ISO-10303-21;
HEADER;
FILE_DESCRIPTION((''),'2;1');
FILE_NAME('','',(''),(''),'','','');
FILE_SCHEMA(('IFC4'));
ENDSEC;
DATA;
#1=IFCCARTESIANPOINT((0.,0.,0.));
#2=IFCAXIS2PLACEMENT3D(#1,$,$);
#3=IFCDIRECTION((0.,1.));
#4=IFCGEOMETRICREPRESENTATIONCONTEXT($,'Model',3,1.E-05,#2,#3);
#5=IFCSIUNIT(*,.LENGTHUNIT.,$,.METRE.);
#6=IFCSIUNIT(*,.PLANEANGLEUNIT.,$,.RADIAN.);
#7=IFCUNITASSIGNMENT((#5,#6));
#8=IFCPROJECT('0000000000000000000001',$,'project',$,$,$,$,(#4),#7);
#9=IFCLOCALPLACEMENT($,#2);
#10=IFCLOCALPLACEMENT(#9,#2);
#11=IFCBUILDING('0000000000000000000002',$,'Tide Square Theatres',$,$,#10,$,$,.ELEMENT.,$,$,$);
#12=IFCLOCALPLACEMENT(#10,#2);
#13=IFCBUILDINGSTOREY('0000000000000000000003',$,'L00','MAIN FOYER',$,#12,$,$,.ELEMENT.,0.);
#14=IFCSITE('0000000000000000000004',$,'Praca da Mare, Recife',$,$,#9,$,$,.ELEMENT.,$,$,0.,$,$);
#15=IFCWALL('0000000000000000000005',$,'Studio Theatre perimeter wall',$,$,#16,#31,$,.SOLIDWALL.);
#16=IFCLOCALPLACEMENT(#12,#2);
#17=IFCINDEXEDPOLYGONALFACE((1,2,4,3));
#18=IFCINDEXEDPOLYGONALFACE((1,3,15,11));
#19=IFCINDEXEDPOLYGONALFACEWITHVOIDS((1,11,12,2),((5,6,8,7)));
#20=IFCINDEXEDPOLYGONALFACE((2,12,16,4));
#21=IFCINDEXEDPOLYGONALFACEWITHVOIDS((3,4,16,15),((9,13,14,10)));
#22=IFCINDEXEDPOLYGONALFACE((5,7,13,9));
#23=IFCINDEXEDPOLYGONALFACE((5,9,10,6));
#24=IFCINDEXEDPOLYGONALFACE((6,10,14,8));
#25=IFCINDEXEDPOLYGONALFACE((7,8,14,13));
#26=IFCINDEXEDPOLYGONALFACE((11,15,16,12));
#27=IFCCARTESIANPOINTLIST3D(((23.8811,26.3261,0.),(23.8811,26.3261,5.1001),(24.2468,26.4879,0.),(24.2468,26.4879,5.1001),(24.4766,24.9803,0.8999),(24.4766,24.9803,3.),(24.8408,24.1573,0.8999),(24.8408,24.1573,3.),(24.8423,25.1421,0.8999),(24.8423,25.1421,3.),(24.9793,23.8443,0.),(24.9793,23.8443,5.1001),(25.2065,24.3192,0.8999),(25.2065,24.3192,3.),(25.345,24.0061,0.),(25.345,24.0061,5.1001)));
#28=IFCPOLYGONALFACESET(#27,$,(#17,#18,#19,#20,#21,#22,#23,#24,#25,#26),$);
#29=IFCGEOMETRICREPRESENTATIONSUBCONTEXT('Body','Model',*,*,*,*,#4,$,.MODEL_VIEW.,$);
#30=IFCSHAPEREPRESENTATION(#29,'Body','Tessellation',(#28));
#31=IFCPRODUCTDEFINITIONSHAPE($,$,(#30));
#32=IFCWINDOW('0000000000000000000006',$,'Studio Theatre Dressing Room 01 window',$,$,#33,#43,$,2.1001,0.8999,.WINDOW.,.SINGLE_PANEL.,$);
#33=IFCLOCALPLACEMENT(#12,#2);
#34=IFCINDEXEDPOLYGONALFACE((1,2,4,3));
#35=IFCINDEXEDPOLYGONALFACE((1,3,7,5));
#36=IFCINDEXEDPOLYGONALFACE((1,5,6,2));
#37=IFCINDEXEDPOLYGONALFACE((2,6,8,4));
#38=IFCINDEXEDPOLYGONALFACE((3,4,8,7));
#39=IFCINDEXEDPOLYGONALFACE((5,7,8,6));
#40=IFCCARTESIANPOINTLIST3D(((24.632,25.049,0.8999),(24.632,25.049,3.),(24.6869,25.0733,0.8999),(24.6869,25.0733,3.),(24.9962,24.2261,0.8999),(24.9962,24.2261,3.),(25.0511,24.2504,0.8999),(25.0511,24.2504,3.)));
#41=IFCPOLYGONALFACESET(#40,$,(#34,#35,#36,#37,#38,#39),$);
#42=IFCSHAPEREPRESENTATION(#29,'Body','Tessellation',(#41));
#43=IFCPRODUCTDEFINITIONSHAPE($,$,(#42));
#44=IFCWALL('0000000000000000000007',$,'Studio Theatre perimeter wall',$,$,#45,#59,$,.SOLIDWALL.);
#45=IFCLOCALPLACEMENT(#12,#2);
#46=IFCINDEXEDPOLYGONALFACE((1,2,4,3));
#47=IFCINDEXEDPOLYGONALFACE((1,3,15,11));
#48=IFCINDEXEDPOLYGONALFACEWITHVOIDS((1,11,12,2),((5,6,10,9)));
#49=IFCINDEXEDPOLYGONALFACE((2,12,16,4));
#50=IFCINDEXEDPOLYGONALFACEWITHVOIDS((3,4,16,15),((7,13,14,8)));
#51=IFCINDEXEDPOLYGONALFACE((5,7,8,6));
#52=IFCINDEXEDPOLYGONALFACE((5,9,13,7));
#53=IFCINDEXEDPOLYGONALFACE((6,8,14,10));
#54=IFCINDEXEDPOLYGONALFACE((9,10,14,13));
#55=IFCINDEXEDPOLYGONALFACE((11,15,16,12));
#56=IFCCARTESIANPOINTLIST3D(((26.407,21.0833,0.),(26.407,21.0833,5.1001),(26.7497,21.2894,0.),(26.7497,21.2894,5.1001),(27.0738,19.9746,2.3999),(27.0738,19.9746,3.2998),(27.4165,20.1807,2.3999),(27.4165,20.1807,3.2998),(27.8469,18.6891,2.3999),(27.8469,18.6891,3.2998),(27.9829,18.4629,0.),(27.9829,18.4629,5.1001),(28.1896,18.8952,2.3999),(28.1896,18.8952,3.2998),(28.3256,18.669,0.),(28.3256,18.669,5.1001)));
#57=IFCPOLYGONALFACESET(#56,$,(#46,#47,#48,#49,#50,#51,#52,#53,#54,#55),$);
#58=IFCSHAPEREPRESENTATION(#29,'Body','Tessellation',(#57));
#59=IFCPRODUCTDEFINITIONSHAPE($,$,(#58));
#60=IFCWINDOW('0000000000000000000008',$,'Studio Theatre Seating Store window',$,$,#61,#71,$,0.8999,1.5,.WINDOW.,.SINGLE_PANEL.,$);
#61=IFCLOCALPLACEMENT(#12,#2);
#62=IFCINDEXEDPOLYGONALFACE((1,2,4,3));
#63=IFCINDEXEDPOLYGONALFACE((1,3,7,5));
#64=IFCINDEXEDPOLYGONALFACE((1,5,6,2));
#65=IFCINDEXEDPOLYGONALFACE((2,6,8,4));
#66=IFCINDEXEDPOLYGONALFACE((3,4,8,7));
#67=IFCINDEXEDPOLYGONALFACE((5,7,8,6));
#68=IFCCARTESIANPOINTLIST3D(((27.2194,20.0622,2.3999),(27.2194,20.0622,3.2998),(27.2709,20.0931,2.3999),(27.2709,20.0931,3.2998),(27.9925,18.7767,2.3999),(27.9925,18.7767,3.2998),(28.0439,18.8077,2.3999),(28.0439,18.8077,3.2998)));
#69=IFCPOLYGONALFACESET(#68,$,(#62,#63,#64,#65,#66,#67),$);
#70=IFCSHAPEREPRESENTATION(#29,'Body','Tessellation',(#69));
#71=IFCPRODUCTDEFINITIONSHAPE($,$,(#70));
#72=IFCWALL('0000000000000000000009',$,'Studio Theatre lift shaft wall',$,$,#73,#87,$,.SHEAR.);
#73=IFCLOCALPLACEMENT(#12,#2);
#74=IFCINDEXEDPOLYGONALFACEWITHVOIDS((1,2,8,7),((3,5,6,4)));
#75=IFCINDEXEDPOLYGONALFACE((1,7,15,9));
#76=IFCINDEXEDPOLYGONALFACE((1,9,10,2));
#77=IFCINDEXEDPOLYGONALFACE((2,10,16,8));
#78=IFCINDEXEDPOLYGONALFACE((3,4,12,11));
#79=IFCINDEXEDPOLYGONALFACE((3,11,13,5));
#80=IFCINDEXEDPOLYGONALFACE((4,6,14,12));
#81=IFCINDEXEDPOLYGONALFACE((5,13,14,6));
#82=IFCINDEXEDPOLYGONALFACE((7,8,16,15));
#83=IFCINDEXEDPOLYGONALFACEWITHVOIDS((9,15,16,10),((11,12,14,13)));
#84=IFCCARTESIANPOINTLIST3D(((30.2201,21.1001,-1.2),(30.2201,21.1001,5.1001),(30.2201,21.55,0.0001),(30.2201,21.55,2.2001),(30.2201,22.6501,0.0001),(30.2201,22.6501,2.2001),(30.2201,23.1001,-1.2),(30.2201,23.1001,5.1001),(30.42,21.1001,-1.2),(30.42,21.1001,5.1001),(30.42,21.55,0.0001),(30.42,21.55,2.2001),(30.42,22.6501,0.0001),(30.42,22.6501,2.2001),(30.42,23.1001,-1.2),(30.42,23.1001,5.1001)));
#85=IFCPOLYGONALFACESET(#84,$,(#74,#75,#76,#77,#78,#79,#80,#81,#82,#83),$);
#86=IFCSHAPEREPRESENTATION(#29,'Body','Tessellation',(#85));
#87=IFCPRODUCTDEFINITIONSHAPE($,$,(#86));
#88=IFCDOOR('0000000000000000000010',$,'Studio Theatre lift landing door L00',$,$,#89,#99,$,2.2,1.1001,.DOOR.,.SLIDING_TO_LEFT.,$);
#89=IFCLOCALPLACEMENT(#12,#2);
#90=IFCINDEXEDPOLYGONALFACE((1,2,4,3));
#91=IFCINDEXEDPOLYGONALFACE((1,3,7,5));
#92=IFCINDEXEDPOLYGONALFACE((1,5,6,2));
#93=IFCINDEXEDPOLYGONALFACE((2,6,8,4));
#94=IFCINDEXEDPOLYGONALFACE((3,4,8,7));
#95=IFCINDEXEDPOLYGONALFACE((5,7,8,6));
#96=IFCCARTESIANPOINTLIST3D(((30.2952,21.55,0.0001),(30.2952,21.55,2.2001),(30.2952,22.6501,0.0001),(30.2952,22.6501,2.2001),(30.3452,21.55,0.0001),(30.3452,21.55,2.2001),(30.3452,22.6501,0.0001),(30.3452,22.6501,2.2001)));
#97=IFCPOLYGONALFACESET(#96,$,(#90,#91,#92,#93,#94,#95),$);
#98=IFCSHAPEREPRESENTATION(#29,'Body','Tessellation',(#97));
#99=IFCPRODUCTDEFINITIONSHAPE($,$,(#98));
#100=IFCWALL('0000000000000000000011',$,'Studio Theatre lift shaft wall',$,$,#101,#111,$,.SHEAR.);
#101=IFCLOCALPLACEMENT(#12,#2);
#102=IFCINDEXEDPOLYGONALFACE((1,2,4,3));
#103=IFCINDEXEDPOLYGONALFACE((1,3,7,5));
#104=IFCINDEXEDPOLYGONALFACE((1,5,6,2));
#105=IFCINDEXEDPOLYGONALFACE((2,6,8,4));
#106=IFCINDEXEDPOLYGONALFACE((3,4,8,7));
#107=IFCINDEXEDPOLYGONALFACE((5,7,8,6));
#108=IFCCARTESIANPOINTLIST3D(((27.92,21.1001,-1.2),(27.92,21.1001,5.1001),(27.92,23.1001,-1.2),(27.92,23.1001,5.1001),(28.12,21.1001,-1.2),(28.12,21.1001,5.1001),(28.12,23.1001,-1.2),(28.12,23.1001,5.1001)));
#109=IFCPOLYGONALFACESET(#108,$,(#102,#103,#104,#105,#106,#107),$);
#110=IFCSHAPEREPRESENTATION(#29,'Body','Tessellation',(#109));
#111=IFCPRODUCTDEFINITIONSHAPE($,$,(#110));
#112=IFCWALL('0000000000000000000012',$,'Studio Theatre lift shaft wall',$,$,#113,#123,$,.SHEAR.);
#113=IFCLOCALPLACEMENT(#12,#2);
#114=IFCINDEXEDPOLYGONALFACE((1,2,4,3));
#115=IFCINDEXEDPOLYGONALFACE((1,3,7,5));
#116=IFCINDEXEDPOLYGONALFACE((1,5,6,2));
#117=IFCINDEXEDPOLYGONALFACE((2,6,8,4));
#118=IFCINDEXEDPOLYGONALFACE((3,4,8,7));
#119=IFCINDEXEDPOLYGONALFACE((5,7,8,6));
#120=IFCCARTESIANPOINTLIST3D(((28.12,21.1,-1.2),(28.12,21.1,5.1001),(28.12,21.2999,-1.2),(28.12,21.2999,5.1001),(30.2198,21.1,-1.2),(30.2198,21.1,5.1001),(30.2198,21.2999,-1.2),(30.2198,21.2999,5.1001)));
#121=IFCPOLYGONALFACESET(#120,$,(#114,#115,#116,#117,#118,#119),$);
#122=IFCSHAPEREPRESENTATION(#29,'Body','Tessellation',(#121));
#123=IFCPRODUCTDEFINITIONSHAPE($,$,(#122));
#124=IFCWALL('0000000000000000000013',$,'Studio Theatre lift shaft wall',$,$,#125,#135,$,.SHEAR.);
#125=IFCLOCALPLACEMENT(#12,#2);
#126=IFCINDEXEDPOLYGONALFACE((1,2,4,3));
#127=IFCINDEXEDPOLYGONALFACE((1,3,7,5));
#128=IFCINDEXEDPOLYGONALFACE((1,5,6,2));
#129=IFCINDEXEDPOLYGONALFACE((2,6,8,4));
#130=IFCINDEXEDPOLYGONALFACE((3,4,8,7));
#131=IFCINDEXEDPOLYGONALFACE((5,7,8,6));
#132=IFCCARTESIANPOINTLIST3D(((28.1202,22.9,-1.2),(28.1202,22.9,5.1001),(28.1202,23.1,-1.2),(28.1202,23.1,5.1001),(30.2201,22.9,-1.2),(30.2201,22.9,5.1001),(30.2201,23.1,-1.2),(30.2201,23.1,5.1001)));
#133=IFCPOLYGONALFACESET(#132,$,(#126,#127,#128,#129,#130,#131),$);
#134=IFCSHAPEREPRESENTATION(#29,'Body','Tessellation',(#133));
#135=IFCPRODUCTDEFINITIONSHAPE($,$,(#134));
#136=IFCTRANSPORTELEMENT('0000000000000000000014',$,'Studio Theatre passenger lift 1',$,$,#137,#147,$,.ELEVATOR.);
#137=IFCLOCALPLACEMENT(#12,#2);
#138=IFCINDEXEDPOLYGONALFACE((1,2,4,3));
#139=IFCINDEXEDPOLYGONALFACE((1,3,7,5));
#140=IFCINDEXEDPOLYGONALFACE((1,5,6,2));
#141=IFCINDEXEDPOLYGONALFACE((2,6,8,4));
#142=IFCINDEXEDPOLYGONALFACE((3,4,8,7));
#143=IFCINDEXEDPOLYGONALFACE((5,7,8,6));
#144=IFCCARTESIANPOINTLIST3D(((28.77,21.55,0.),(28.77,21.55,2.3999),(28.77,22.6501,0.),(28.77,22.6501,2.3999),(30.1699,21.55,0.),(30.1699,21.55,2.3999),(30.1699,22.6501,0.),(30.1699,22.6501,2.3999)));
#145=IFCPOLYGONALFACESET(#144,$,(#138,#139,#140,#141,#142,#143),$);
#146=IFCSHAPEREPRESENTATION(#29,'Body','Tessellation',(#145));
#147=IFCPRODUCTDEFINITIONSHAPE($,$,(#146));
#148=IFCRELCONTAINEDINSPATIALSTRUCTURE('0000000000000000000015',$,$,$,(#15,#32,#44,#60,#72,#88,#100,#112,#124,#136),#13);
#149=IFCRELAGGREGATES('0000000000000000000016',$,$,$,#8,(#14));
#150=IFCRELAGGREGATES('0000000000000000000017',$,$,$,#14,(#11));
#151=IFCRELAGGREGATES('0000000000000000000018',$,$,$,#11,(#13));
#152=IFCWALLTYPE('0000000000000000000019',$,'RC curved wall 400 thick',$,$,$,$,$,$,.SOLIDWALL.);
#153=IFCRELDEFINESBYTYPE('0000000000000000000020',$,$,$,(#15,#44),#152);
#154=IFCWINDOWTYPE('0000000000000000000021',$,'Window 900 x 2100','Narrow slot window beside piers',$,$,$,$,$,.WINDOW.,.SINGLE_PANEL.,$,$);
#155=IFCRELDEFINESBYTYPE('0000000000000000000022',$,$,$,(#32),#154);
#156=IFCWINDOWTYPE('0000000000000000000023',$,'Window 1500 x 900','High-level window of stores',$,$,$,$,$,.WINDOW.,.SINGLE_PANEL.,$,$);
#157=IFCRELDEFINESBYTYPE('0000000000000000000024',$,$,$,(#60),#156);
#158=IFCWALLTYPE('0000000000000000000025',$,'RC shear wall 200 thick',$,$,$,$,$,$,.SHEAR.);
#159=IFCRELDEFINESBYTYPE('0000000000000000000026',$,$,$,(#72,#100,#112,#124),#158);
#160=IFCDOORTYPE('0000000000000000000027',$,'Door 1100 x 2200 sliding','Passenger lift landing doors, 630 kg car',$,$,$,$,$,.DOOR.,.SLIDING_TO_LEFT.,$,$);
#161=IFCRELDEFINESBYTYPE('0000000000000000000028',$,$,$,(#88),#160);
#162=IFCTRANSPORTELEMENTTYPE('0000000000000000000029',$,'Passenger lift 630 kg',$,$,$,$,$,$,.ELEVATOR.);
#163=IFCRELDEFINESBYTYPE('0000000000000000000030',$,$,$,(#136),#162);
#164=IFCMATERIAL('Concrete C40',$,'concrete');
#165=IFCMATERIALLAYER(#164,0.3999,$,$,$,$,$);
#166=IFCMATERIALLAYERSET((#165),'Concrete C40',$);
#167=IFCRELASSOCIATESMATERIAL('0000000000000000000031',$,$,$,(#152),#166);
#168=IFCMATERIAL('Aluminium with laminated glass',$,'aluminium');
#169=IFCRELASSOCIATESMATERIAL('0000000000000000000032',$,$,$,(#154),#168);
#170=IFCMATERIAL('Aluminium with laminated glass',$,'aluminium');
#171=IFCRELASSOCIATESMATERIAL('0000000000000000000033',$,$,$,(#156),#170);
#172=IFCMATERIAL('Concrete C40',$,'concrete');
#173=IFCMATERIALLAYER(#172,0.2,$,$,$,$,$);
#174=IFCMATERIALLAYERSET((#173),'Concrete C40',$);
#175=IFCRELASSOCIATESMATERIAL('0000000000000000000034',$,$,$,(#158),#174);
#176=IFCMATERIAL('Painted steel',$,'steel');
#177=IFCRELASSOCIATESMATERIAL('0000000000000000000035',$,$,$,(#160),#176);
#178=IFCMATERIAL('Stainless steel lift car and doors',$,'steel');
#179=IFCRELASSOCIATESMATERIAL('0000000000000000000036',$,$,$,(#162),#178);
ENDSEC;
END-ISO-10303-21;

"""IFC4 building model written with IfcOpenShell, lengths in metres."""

from ifc_helpers import new_model, si_unit, direction, frame, frame_2d, origin, origin_2d, place, context, subcontext, project, spatial, rectangle, extrude, material, layer, layer_set, type_object, element, fill, save


model = new_model("IFC4")

# Units and contexts
model_context = context("Model", 3, precision=1e-05, world=origin(), true_north=direction((0.0, 1.0)))
body_context = subcontext(model_context, "Body", "Model", "MODEL_VIEW")
ifc_project = project(units=[si_unit("LENGTHUNIT", "METRE"), si_unit("PLANEANGLEUNIT", "RADIAN")], contexts=[model_context])

# Site, building, storey
site_placement = place(None, origin())
site = spatial("IfcSite", under=ifc_project, at=site_placement, Name="Praca da Mare, Recife", CompositionType="ELEMENT", RefElevation=0.0)
building_placement = place(site_placement, origin())
building = spatial("IfcBuilding", under=site, at=building_placement, Name="Tide Square Theatres", CompositionType="ELEMENT")
storey_placement = place(building_placement, origin())
storey = spatial("IfcBuildingStorey", under=building, at=storey_placement, Name="L00", Description="MAIN FOYER", CompositionType="ELEMENT", Elevation=0.0)

# Wall, opening, window
ifc_material_1 = material(Name="Concrete C40", Category="concrete")
ifc_layer_1 = layer(ifc_material_1, 0.3999)
ifc_layer_set_1 = layer_set([ifc_layer_1], Name="Concrete C40")
wall_type_1 = type_object("IfcWallType", Name="RC curved wall 400 thick", PredefinedType="SOLIDWALL", material=ifc_layer_set_1)
wall_1_placement = place(storey_placement, frame((24.064, 26.407, 0.0), z_axis=(0.0, 0.0, 1.0), x_axis=(0.404652, -0.914471, 0.0)))
wall_1 = element("IfcWall", 1, at=wall_1_placement, inside=storey, type_object=wall_type_1, Name="Studio Theatre perimeter wall", PredefinedType="SOLIDWALL", context=body_context, shape_type="SweptSolid", body=[
    extrude(rectangle(XDim=2.7139, YDim=0.3999, at=frame_2d((1.3569, 0.0))), origin(), (0.0, 0.0, 1.0), 5.1001),
])
opening_1_placement = place(wall_1_placement, frame((1.4717, 0.0, 0.8999)))
opening_1 = element("IfcOpeningElement", 2, at=opening_1_placement, cuts=wall_1, PredefinedType="OPENING", context=body_context, shape_type="SweptSolid", body=[
    extrude(rectangle(XDim=0.8999, YDim=2.1001, at=frame_2d((0.45, 1.05))), frame((0.0, 0.21, 0.0), z_axis=(0.0, -1.0, 0.0), x_axis=(1.0, 0.0, 0.0)), (0.0, 0.0, 1.0), 0.4199),
])
ifc_material_2 = material(Name="Aluminium with laminated glass", Category="aluminium")
window_type_1 = type_object("IfcWindowType", Name="Window 900 x 2100", Description="Narrow slot window beside piers", PartitioningType="SINGLE_PANEL", PredefinedType="WINDOW", material=ifc_material_2)
window_1_placement = place(opening_1_placement, origin())
window_1 = element("IfcWindow", 3, at=window_1_placement, inside=storey, type_object=window_type_1, Name="Studio Theatre Dressing Room 01 window", OverallHeight=2.1001, OverallWidth=0.8999, PartitioningType="SINGLE_PANEL", PredefinedType="WINDOW", context=body_context, shape_type="SweptSolid", body=[
    extrude(rectangle(XDim=0.8999, YDim=2.1001, at=frame_2d((0.45, 1.05))), frame((0.0, 0.03, 0.0), z_axis=(0.0, -1.0, 0.0), x_axis=(1.0, 0.0, 0.0)), (0.0, 0.0, 1.0), 0.0601),
])
fill(opening_1, window_1)

# Wall, opening, window
wall_2_placement = place(storey_placement, frame((26.5784, 21.1863, 0.0), z_axis=(0.0, 0.0, 1.0), x_axis=(0.515388, -0.856957, 0.0)))
wall_2 = element("IfcWall", 4, at=wall_2_placement, inside=storey, type_object=wall_type_1, Name="Studio Theatre perimeter wall", PredefinedType="SOLIDWALL", context=body_context, shape_type="SweptSolid", body=[
    extrude(rectangle(XDim=3.0579, YDim=0.3999, at=frame_2d((1.5288, 0.0))), origin(), (0.0, 0.0, 1.0), 5.1001),
])
opening_2_placement = place(wall_2_placement, frame((1.2937, 0.0, 2.3999)))
opening_2 = element("IfcOpeningElement", 5, at=opening_2_placement, cuts=wall_2, PredefinedType="OPENING", context=body_context, shape_type="SweptSolid", body=[
    extrude(rectangle(XDim=1.5, YDim=0.8999, at=frame_2d((0.75, 0.45))), frame((0.0, 0.21, 0.0), z_axis=(0.0, -1.0, 0.0), x_axis=(1.0, 0.0, 0.0)), (0.0, 0.0, 1.0), 0.4199),
])
ifc_material_3 = material(Name="Aluminium with laminated glass", Category="aluminium")
window_type_2 = type_object("IfcWindowType", Name="Window 1500 x 900", Description="High-level window of stores", PartitioningType="SINGLE_PANEL", PredefinedType="WINDOW", material=ifc_material_3)
window_2_placement = place(opening_2_placement, origin())
window_2 = element("IfcWindow", 6, at=window_2_placement, inside=storey, type_object=window_type_2, Name="Studio Theatre Seating Store window", OverallHeight=0.8999, OverallWidth=1.5, PartitioningType="SINGLE_PANEL", PredefinedType="WINDOW", context=body_context, shape_type="SweptSolid", body=[
    extrude(rectangle(XDim=1.5, YDim=0.8999, at=frame_2d((0.75, 0.45))), frame((0.0, 0.03, 0.0), z_axis=(0.0, -1.0, 0.0), x_axis=(1.0, 0.0, 0.0)), (0.0, 0.0, 1.0), 0.0601),
])
fill(opening_2, window_2)

# Wall, opening, door
ifc_material_4 = material(Name="Concrete C40", Category="concrete")
ifc_layer_2 = layer(ifc_material_4, 0.2)
ifc_layer_set_2 = layer_set([ifc_layer_2], Name="Concrete C40")
wall_type_2 = type_object("IfcWallType", Name="RC shear wall 200 thick", PredefinedType="SHEAR", material=ifc_layer_set_2)
wall_3_placement = place(storey_placement, frame((30.3201, 21.1001, -1.2), z_axis=(0.0, 0.0, 1.0), x_axis=(0.0, 1.0, 0.0)))
wall_3 = element("IfcWall", 7, at=wall_3_placement, inside=storey, type_object=wall_type_2, Name="Studio Theatre lift shaft wall", PredefinedType="SHEAR", context=body_context, shape_type="SweptSolid", body=[
    extrude(rectangle(XDim=2.0, YDim=0.2, at=frame_2d((1.0, 0.0))), origin(), (0.0, 0.0, 1.0), 6.3),
])
opening_3_placement = place(wall_3_placement, frame((0.45, 0.0, 1.2)))
opening_3 = element("IfcOpeningElement", 8, at=opening_3_placement, cuts=wall_3, PredefinedType="OPENING", context=body_context, shape_type="SweptSolid", body=[
    extrude(rectangle(XDim=1.1001, YDim=2.2, at=frame_2d((0.55, 1.1001))), frame((0.0, 0.1099, 0.0), z_axis=(0.0, -1.0, 0.0), x_axis=(1.0, 0.0, 0.0)), (0.0, 0.0, 1.0), 0.22),
])
ifc_material_5 = material(Name="Painted steel", Category="steel")
door_type_1 = type_object("IfcDoorType", Name="Door 1100 x 2200 sliding", Description="Passenger lift landing doors, 630 kg car", OperationType="SLIDING_TO_LEFT", PredefinedType="DOOR", material=ifc_material_5)
door_1_placement = place(opening_3_placement, origin())
door_1 = element("IfcDoor", 9, at=door_1_placement, inside=storey, type_object=door_type_1, Name="Studio Theatre lift landing door L00", OperationType="SLIDING_TO_LEFT", OverallHeight=2.2, OverallWidth=1.1001, PredefinedType="DOOR", context=body_context, shape_type="SweptSolid", body=[
    extrude(rectangle(XDim=1.1001, YDim=2.2, at=frame_2d((0.55, 1.1001))), frame((0.0, 0.0249, 0.0), z_axis=(0.0, -1.0, 0.0), x_axis=(1.0, 0.0, 0.0)), (0.0, 0.0, 1.0), 0.05),
])
fill(opening_3, door_1)

# Walls
wall_4_placement = place(storey_placement, frame((28.02, 23.1001, -1.2), z_axis=(0.0, 0.0, 1.0), x_axis=(0.0, -1.0, 0.0)))
element("IfcWall", 10, at=wall_4_placement, inside=storey, type_object=wall_type_2, Name="Studio Theatre lift shaft wall", PredefinedType="SHEAR", context=body_context, shape_type="SweptSolid", body=[
    extrude(rectangle(XDim=2.0, YDim=0.2, at=frame_2d((1.0, 0.0))), origin(), (0.0, 0.0, 1.0), 6.3),
])
for number, where, z_axis, x_axis, name in (
    (11, (28.1201, 21.2, -1.2), (0.0, 0.0, 1.0), (1.0, 0.0, 0.0), "Studio Theatre lift shaft wall"),
    (12, (30.22, 23.0, -1.2), (0.0, 0.0, 1.0), (-1.0, 0.0, 0.0), "Studio Theatre lift shaft wall"),
):
    element("IfcWall", number, at=place(storey_placement, frame(where, z_axis=z_axis, x_axis=x_axis)), inside=storey, type_object=wall_type_2, Name=name, PredefinedType="SHEAR", context=body_context, shape_type="SweptSolid", body=[
        extrude(rectangle(XDim=2.0999, YDim=0.2, at=frame_2d((1.0498, 0.0))), origin(), (0.0, 0.0, 1.0), 6.3),
    ])

# Transport element
ifc_material_6 = material(Name="Stainless steel lift car and doors", Category="steel")
transport_element_type = type_object("IfcTransportElementType", Name="Passenger lift 630 kg", PredefinedType="ELEVATOR", material=ifc_material_6)
transport_element_placement = place(storey_placement, frame((29.47, 22.1001, 0.0), z_axis=(0.0, 0.0, 1.0), x_axis=(0.0, 1.0, 0.0)))
element("IfcTransportElement", 13, at=transport_element_placement, inside=storey, type_object=transport_element_type, Name="Studio Theatre passenger lift 1", PredefinedType="ELEVATOR", context=body_context, shape_type="SweptSolid", body=[
    extrude(rectangle(XDim=1.1001, YDim=1.3999, at=origin_2d()), origin(), (0.0, 0.0, 1.0), 2.3999),
])

save(model, "model.ifc")
